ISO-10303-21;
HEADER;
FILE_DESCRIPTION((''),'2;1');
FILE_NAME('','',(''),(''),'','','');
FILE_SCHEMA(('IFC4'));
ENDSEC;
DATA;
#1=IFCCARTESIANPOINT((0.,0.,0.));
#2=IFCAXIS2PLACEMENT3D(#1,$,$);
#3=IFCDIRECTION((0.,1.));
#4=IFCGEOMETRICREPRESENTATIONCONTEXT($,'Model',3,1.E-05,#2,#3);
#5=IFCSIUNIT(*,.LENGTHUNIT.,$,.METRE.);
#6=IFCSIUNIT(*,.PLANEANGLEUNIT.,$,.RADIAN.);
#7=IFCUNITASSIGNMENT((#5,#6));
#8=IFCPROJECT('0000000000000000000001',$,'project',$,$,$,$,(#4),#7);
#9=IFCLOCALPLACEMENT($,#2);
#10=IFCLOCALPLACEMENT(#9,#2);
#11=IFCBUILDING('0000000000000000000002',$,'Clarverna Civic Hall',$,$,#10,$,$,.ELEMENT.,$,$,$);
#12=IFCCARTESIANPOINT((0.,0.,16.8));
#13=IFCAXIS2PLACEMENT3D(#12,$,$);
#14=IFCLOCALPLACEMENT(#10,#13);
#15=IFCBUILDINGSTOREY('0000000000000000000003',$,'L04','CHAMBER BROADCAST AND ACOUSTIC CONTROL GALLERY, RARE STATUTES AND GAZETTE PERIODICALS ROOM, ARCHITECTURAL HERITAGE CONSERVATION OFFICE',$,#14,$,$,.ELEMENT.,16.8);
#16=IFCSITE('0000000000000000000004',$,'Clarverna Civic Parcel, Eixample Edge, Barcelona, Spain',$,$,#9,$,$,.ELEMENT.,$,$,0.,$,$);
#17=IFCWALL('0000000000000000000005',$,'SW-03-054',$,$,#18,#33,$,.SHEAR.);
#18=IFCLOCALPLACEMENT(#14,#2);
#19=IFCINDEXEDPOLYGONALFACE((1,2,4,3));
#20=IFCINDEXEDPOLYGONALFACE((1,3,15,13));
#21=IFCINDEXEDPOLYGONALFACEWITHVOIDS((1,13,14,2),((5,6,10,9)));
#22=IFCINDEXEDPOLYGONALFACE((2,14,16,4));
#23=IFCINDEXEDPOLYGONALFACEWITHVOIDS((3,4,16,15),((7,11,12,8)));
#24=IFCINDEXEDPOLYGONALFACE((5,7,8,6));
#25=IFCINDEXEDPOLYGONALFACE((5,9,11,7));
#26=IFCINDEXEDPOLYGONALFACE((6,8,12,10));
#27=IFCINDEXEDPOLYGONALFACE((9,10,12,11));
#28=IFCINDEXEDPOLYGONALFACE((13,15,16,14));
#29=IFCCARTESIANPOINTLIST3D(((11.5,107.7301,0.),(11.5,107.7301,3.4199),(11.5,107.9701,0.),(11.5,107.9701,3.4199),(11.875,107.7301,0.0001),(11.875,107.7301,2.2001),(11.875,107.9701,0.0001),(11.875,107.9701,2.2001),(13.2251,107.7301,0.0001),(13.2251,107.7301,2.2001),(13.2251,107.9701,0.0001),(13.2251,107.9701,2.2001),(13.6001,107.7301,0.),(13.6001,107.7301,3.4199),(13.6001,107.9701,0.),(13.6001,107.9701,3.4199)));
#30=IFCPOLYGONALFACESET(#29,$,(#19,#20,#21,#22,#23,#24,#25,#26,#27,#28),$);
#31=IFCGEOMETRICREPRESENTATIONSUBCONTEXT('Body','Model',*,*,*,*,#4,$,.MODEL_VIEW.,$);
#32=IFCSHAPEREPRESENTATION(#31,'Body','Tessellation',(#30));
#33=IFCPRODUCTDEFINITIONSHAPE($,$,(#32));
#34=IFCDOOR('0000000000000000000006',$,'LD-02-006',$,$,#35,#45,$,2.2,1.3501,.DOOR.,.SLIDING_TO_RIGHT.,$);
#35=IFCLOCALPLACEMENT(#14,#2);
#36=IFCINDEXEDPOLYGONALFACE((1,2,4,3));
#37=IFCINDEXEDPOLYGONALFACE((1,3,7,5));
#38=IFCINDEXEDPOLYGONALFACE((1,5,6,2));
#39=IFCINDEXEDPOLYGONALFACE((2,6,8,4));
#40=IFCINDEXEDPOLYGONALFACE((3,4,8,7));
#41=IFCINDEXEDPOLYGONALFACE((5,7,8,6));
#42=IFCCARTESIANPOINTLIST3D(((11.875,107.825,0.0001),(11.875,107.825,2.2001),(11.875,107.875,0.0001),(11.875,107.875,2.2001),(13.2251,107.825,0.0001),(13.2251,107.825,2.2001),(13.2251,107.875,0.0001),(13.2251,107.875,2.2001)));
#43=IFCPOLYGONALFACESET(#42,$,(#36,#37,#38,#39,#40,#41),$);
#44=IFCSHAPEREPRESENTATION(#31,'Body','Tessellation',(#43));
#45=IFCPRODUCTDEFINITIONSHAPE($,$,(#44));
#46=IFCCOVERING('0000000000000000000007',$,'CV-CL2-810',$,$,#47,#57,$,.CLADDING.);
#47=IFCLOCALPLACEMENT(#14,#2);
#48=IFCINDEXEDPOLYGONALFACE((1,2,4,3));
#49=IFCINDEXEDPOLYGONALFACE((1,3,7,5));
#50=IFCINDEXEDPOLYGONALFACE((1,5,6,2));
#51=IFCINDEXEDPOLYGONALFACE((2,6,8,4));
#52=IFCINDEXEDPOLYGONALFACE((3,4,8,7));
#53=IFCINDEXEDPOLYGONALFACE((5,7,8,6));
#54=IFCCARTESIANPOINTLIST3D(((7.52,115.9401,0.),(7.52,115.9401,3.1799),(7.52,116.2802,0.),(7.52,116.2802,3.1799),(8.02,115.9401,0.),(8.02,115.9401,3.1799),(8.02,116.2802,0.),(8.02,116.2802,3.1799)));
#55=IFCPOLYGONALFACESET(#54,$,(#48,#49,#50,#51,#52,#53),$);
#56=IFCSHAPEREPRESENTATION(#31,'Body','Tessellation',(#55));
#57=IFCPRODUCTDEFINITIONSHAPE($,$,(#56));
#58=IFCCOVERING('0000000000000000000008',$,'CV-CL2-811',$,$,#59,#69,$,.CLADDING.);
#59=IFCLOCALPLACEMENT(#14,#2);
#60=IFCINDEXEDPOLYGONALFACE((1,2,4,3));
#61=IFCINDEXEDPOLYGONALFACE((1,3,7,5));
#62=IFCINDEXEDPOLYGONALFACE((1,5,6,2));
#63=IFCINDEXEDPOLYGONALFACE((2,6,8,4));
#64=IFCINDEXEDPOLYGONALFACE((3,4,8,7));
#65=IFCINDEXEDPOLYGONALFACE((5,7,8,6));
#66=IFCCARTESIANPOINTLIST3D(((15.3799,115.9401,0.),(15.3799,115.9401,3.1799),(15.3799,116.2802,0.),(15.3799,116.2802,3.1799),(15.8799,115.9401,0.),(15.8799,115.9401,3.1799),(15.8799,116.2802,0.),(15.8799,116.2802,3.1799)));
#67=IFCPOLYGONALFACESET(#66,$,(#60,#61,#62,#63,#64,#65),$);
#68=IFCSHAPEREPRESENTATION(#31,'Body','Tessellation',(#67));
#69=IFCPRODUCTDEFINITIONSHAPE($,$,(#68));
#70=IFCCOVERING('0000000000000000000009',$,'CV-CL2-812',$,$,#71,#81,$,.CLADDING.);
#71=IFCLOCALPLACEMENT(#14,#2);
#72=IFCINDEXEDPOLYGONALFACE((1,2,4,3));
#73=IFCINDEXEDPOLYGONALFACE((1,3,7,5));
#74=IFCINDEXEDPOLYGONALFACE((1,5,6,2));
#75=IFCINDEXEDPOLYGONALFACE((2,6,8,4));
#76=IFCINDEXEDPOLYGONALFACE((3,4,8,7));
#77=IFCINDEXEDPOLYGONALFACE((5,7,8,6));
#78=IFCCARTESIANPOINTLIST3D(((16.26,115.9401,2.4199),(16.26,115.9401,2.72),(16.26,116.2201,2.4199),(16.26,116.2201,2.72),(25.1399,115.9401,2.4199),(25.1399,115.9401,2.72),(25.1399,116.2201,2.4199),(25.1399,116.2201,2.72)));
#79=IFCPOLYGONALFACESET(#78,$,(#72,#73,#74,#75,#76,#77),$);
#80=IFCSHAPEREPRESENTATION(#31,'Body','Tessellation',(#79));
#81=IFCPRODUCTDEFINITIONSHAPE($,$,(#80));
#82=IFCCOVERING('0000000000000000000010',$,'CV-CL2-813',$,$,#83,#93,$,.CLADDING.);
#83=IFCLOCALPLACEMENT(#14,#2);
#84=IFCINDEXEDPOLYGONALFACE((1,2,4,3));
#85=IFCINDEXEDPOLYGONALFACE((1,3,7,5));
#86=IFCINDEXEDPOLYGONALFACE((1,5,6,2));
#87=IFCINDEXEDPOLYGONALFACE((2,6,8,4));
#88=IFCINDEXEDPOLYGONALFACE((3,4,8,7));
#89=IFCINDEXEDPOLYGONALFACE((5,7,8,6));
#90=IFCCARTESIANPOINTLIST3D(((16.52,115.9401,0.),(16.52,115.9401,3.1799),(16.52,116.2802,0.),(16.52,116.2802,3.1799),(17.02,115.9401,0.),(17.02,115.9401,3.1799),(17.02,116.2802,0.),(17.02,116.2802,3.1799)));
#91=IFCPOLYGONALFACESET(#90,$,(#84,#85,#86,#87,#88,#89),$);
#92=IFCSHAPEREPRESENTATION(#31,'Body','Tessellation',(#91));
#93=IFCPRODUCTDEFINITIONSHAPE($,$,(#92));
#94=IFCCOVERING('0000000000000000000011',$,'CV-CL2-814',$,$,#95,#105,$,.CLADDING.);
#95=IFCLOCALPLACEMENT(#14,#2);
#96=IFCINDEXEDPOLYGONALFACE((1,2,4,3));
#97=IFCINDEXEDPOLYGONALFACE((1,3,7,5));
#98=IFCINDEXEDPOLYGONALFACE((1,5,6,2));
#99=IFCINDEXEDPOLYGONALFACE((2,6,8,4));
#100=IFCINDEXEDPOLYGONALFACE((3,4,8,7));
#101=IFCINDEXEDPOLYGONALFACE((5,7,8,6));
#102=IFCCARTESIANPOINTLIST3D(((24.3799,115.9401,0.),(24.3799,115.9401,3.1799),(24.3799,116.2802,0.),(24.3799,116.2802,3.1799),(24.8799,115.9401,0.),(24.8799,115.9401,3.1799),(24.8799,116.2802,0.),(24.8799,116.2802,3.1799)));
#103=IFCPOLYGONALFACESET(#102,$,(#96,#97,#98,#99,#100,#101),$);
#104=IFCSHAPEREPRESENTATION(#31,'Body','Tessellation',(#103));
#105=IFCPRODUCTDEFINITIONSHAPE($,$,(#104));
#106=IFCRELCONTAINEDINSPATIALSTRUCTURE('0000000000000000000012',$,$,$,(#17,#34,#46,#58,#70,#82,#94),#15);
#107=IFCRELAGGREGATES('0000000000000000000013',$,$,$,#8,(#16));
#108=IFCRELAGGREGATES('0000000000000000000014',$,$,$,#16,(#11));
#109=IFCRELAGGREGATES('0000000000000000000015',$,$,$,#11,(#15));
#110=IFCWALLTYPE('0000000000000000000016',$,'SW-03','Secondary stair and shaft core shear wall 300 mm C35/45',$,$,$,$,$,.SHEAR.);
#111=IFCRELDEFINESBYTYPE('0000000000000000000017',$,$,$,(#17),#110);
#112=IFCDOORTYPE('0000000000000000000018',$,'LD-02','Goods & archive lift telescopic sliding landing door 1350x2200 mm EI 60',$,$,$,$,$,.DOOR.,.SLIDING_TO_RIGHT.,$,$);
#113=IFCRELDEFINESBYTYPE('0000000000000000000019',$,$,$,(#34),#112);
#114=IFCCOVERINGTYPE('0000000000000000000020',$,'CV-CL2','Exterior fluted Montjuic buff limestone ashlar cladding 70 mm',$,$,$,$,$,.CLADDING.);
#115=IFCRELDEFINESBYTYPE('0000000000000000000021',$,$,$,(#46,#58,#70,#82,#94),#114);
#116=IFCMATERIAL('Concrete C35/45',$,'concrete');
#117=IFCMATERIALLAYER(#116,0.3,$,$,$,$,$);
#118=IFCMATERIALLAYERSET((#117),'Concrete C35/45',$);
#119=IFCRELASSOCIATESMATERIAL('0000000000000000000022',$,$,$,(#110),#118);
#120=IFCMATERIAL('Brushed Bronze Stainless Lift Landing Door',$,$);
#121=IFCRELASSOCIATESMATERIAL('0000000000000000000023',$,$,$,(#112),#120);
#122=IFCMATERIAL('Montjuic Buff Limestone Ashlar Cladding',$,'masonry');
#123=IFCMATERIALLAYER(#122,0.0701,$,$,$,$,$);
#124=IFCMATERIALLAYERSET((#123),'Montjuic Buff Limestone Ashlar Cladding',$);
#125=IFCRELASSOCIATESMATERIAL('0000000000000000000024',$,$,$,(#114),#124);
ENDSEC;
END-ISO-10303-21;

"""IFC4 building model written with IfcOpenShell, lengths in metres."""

from ifc_helpers import new_model, si_unit, direction, frame, frame_2d, origin, place, context, subcontext, project, spatial, rectangle, extrude, material, layer, layer_set, type_object, element, fill, save


model = new_model("IFC4")

# Units and contexts
model_context = context("Model", 3, precision=1e-05, world=origin(), true_north=direction((0.0, 1.0)))
body_context = subcontext(model_context, "Body", "Model", "MODEL_VIEW")
ifc_project = project(units=[si_unit("LENGTHUNIT", "METRE"), si_unit("PLANEANGLEUNIT", "RADIAN")], contexts=[model_context])

# Site, building, storey
site_placement = place(None, origin())
site = spatial("IfcSite", under=ifc_project, at=site_placement, Name="Clarverna Civic Parcel, Eixample Edge, Barcelona, Spain", CompositionType="ELEMENT", RefElevation=0.0)
building_placement = place(site_placement, origin())
building = spatial("IfcBuilding", under=site, at=building_placement, Name="Clarverna Civic Hall", CompositionType="ELEMENT")
storey_placement = place(building_placement, frame((0.0, 0.0, 16.8)))
storey = spatial("IfcBuildingStorey", under=building, at=storey_placement, Name="L04", Description="CHAMBER BROADCAST AND ACOUSTIC CONTROL GALLERY, RARE STATUTES AND GAZETTE PERIODICALS ROOM, ARCHITECTURAL HERITAGE CONSERVATION OFFICE", CompositionType="ELEMENT", Elevation=16.8)

# Shared definitions
ifc_material_1 = material(Name="Concrete C35/45", Category="concrete")

# Shared definitions
ifc_layer_1 = layer(ifc_material_1, 0.3)
ifc_layer_set_1 = layer_set([ifc_layer_1], Name="Concrete C35/45")
wall_type_1 = type_object("IfcWallType", Name="SW-03", Description="Secondary stair and shaft core shear wall 300 mm C35/45", PredefinedType="SHEAR", material=ifc_layer_set_1)

# Wall, opening, door
ifc_material_2 = material(Name="Brushed Bronze Stainless Lift Landing Door")
wall_1_placement = place(storey_placement, frame((11.5, 107.8501, 0.0), z_axis=(0.0, 0.0, 1.0), x_axis=(1.0, 0.0, 0.0)))
wall_1 = element("IfcWall", 1, at=wall_1_placement, inside=storey, type_object=wall_type_1, Name="SW-03-054", PredefinedType="SHEAR", context=body_context, shape_type="SweptSolid", body=[
    extrude(rectangle(XDim=2.1001, YDim=0.24, at=frame_2d((1.05, 0.0))), origin(), (0.0, 0.0, 1.0), 3.4199),
])
opening_1_placement = place(wall_1_placement, frame((0.375, 0.0, 0.0)))
opening_1 = element("IfcOpeningElement", 2, at=opening_1_placement, cuts=wall_1, PredefinedType="OPENING", context=body_context, shape_type="SweptSolid", body=[
    extrude(rectangle(XDim=1.3501, YDim=2.2, at=frame_2d((0.675, 1.1001))), frame((0.0, 0.1299, 0.0), z_axis=(0.0, -1.0, 0.0), x_axis=(1.0, 0.0, 0.0)), (0.0, 0.0, 1.0), 0.26),
])
door_type_1 = type_object("IfcDoorType", Name="LD-02", Description="Goods & archive lift telescopic sliding landing door 1350x2200 mm EI 60", OperationType="SLIDING_TO_RIGHT", PredefinedType="DOOR", material=ifc_material_2)
door_1_placement = place(opening_1_placement, origin())
door_1 = element("IfcDoor", 3, at=door_1_placement, inside=storey, type_object=door_type_1, Name="LD-02-006", OperationType="SLIDING_TO_RIGHT", OverallHeight=2.2, OverallWidth=1.3501, PredefinedType="DOOR", context=body_context, shape_type="SweptSolid", body=[
    extrude(rectangle(XDim=1.3501, YDim=2.2, at=frame_2d((0.675, 1.1001))), frame((0.0, 0.0249, 0.0), z_axis=(0.0, -1.0, 0.0), x_axis=(1.0, 0.0, 0.0)), (0.0, 0.0, 1.0), 0.05),
])
fill(opening_1, door_1)

# Coverings
ifc_material_3 = material(Name="Montjuic Buff Limestone Ashlar Cladding", Category="masonry")
ifc_layer_2 = layer(ifc_material_3, 0.0701)
ifc_layer_set_2 = layer_set([ifc_layer_2], Name="Montjuic Buff Limestone Ashlar Cladding")
covering_type = type_object("IfcCoveringType", Name="CV-CL2", Description="Exterior fluted Montjuic buff limestone ashlar cladding 70 mm", PredefinedType="CLADDING", material=ifc_layer_set_2)
for number, where, z_axis, x_axis, name in (
    (4, (7.52, 116.1101, 0.0), (0.0, 0.0, 1.0), (1.0, 0.0, 0.0), "CV-CL2-810"),
    (5, (15.3799, 116.1101, 0.0), (0.0, 0.0, 1.0), (1.0, 0.0, 0.0), "CV-CL2-811"),
):
    element("IfcCovering", number, at=place(storey_placement, frame(where, z_axis=z_axis, x_axis=x_axis)), inside=storey, type_object=covering_type, Name=name, PredefinedType="CLADDING", context=body_context, shape_type="SweptSolid", body=[
        extrude(rectangle(XDim=0.5, YDim=0.3401, at=frame_2d((0.25, 0.0))), origin(), (0.0, 0.0, 1.0), 3.1799),
    ])
covering_placement = place(storey_placement, frame((16.26, 116.0801, 2.4199), z_axis=(0.0, 0.0, 1.0), x_axis=(1.0, 0.0, 0.0)))
element("IfcCovering", 6, at=covering_placement, inside=storey, type_object=covering_type, Name="CV-CL2-812", PredefinedType="CLADDING", context=body_context, shape_type="SweptSolid", body=[
    extrude(rectangle(XDim=8.8799, YDim=0.28, at=frame_2d((4.4399, 0.0))), origin(), (0.0, 0.0, 1.0), 0.3),
])
for number, where, z_axis, x_axis, name in (
    (7, (16.52, 116.1101, 0.0), (0.0, 0.0, 1.0), (1.0, 0.0, 0.0), "CV-CL2-813"),
    (8, (24.3799, 116.1101, 0.0), (0.0, 0.0, 1.0), (1.0, 0.0, 0.0), "CV-CL2-814"),
):
    element("IfcCovering", number, at=place(storey_placement, frame(where, z_axis=z_axis, x_axis=x_axis)), inside=storey, type_object=covering_type, Name=name, PredefinedType="CLADDING", context=body_context, shape_type="SweptSolid", body=[
        extrude(rectangle(XDim=0.5, YDim=0.3401, at=frame_2d((0.25, 0.0))), origin(), (0.0, 0.0, 1.0), 3.1799),
    ])

save(model, "model.ifc")
